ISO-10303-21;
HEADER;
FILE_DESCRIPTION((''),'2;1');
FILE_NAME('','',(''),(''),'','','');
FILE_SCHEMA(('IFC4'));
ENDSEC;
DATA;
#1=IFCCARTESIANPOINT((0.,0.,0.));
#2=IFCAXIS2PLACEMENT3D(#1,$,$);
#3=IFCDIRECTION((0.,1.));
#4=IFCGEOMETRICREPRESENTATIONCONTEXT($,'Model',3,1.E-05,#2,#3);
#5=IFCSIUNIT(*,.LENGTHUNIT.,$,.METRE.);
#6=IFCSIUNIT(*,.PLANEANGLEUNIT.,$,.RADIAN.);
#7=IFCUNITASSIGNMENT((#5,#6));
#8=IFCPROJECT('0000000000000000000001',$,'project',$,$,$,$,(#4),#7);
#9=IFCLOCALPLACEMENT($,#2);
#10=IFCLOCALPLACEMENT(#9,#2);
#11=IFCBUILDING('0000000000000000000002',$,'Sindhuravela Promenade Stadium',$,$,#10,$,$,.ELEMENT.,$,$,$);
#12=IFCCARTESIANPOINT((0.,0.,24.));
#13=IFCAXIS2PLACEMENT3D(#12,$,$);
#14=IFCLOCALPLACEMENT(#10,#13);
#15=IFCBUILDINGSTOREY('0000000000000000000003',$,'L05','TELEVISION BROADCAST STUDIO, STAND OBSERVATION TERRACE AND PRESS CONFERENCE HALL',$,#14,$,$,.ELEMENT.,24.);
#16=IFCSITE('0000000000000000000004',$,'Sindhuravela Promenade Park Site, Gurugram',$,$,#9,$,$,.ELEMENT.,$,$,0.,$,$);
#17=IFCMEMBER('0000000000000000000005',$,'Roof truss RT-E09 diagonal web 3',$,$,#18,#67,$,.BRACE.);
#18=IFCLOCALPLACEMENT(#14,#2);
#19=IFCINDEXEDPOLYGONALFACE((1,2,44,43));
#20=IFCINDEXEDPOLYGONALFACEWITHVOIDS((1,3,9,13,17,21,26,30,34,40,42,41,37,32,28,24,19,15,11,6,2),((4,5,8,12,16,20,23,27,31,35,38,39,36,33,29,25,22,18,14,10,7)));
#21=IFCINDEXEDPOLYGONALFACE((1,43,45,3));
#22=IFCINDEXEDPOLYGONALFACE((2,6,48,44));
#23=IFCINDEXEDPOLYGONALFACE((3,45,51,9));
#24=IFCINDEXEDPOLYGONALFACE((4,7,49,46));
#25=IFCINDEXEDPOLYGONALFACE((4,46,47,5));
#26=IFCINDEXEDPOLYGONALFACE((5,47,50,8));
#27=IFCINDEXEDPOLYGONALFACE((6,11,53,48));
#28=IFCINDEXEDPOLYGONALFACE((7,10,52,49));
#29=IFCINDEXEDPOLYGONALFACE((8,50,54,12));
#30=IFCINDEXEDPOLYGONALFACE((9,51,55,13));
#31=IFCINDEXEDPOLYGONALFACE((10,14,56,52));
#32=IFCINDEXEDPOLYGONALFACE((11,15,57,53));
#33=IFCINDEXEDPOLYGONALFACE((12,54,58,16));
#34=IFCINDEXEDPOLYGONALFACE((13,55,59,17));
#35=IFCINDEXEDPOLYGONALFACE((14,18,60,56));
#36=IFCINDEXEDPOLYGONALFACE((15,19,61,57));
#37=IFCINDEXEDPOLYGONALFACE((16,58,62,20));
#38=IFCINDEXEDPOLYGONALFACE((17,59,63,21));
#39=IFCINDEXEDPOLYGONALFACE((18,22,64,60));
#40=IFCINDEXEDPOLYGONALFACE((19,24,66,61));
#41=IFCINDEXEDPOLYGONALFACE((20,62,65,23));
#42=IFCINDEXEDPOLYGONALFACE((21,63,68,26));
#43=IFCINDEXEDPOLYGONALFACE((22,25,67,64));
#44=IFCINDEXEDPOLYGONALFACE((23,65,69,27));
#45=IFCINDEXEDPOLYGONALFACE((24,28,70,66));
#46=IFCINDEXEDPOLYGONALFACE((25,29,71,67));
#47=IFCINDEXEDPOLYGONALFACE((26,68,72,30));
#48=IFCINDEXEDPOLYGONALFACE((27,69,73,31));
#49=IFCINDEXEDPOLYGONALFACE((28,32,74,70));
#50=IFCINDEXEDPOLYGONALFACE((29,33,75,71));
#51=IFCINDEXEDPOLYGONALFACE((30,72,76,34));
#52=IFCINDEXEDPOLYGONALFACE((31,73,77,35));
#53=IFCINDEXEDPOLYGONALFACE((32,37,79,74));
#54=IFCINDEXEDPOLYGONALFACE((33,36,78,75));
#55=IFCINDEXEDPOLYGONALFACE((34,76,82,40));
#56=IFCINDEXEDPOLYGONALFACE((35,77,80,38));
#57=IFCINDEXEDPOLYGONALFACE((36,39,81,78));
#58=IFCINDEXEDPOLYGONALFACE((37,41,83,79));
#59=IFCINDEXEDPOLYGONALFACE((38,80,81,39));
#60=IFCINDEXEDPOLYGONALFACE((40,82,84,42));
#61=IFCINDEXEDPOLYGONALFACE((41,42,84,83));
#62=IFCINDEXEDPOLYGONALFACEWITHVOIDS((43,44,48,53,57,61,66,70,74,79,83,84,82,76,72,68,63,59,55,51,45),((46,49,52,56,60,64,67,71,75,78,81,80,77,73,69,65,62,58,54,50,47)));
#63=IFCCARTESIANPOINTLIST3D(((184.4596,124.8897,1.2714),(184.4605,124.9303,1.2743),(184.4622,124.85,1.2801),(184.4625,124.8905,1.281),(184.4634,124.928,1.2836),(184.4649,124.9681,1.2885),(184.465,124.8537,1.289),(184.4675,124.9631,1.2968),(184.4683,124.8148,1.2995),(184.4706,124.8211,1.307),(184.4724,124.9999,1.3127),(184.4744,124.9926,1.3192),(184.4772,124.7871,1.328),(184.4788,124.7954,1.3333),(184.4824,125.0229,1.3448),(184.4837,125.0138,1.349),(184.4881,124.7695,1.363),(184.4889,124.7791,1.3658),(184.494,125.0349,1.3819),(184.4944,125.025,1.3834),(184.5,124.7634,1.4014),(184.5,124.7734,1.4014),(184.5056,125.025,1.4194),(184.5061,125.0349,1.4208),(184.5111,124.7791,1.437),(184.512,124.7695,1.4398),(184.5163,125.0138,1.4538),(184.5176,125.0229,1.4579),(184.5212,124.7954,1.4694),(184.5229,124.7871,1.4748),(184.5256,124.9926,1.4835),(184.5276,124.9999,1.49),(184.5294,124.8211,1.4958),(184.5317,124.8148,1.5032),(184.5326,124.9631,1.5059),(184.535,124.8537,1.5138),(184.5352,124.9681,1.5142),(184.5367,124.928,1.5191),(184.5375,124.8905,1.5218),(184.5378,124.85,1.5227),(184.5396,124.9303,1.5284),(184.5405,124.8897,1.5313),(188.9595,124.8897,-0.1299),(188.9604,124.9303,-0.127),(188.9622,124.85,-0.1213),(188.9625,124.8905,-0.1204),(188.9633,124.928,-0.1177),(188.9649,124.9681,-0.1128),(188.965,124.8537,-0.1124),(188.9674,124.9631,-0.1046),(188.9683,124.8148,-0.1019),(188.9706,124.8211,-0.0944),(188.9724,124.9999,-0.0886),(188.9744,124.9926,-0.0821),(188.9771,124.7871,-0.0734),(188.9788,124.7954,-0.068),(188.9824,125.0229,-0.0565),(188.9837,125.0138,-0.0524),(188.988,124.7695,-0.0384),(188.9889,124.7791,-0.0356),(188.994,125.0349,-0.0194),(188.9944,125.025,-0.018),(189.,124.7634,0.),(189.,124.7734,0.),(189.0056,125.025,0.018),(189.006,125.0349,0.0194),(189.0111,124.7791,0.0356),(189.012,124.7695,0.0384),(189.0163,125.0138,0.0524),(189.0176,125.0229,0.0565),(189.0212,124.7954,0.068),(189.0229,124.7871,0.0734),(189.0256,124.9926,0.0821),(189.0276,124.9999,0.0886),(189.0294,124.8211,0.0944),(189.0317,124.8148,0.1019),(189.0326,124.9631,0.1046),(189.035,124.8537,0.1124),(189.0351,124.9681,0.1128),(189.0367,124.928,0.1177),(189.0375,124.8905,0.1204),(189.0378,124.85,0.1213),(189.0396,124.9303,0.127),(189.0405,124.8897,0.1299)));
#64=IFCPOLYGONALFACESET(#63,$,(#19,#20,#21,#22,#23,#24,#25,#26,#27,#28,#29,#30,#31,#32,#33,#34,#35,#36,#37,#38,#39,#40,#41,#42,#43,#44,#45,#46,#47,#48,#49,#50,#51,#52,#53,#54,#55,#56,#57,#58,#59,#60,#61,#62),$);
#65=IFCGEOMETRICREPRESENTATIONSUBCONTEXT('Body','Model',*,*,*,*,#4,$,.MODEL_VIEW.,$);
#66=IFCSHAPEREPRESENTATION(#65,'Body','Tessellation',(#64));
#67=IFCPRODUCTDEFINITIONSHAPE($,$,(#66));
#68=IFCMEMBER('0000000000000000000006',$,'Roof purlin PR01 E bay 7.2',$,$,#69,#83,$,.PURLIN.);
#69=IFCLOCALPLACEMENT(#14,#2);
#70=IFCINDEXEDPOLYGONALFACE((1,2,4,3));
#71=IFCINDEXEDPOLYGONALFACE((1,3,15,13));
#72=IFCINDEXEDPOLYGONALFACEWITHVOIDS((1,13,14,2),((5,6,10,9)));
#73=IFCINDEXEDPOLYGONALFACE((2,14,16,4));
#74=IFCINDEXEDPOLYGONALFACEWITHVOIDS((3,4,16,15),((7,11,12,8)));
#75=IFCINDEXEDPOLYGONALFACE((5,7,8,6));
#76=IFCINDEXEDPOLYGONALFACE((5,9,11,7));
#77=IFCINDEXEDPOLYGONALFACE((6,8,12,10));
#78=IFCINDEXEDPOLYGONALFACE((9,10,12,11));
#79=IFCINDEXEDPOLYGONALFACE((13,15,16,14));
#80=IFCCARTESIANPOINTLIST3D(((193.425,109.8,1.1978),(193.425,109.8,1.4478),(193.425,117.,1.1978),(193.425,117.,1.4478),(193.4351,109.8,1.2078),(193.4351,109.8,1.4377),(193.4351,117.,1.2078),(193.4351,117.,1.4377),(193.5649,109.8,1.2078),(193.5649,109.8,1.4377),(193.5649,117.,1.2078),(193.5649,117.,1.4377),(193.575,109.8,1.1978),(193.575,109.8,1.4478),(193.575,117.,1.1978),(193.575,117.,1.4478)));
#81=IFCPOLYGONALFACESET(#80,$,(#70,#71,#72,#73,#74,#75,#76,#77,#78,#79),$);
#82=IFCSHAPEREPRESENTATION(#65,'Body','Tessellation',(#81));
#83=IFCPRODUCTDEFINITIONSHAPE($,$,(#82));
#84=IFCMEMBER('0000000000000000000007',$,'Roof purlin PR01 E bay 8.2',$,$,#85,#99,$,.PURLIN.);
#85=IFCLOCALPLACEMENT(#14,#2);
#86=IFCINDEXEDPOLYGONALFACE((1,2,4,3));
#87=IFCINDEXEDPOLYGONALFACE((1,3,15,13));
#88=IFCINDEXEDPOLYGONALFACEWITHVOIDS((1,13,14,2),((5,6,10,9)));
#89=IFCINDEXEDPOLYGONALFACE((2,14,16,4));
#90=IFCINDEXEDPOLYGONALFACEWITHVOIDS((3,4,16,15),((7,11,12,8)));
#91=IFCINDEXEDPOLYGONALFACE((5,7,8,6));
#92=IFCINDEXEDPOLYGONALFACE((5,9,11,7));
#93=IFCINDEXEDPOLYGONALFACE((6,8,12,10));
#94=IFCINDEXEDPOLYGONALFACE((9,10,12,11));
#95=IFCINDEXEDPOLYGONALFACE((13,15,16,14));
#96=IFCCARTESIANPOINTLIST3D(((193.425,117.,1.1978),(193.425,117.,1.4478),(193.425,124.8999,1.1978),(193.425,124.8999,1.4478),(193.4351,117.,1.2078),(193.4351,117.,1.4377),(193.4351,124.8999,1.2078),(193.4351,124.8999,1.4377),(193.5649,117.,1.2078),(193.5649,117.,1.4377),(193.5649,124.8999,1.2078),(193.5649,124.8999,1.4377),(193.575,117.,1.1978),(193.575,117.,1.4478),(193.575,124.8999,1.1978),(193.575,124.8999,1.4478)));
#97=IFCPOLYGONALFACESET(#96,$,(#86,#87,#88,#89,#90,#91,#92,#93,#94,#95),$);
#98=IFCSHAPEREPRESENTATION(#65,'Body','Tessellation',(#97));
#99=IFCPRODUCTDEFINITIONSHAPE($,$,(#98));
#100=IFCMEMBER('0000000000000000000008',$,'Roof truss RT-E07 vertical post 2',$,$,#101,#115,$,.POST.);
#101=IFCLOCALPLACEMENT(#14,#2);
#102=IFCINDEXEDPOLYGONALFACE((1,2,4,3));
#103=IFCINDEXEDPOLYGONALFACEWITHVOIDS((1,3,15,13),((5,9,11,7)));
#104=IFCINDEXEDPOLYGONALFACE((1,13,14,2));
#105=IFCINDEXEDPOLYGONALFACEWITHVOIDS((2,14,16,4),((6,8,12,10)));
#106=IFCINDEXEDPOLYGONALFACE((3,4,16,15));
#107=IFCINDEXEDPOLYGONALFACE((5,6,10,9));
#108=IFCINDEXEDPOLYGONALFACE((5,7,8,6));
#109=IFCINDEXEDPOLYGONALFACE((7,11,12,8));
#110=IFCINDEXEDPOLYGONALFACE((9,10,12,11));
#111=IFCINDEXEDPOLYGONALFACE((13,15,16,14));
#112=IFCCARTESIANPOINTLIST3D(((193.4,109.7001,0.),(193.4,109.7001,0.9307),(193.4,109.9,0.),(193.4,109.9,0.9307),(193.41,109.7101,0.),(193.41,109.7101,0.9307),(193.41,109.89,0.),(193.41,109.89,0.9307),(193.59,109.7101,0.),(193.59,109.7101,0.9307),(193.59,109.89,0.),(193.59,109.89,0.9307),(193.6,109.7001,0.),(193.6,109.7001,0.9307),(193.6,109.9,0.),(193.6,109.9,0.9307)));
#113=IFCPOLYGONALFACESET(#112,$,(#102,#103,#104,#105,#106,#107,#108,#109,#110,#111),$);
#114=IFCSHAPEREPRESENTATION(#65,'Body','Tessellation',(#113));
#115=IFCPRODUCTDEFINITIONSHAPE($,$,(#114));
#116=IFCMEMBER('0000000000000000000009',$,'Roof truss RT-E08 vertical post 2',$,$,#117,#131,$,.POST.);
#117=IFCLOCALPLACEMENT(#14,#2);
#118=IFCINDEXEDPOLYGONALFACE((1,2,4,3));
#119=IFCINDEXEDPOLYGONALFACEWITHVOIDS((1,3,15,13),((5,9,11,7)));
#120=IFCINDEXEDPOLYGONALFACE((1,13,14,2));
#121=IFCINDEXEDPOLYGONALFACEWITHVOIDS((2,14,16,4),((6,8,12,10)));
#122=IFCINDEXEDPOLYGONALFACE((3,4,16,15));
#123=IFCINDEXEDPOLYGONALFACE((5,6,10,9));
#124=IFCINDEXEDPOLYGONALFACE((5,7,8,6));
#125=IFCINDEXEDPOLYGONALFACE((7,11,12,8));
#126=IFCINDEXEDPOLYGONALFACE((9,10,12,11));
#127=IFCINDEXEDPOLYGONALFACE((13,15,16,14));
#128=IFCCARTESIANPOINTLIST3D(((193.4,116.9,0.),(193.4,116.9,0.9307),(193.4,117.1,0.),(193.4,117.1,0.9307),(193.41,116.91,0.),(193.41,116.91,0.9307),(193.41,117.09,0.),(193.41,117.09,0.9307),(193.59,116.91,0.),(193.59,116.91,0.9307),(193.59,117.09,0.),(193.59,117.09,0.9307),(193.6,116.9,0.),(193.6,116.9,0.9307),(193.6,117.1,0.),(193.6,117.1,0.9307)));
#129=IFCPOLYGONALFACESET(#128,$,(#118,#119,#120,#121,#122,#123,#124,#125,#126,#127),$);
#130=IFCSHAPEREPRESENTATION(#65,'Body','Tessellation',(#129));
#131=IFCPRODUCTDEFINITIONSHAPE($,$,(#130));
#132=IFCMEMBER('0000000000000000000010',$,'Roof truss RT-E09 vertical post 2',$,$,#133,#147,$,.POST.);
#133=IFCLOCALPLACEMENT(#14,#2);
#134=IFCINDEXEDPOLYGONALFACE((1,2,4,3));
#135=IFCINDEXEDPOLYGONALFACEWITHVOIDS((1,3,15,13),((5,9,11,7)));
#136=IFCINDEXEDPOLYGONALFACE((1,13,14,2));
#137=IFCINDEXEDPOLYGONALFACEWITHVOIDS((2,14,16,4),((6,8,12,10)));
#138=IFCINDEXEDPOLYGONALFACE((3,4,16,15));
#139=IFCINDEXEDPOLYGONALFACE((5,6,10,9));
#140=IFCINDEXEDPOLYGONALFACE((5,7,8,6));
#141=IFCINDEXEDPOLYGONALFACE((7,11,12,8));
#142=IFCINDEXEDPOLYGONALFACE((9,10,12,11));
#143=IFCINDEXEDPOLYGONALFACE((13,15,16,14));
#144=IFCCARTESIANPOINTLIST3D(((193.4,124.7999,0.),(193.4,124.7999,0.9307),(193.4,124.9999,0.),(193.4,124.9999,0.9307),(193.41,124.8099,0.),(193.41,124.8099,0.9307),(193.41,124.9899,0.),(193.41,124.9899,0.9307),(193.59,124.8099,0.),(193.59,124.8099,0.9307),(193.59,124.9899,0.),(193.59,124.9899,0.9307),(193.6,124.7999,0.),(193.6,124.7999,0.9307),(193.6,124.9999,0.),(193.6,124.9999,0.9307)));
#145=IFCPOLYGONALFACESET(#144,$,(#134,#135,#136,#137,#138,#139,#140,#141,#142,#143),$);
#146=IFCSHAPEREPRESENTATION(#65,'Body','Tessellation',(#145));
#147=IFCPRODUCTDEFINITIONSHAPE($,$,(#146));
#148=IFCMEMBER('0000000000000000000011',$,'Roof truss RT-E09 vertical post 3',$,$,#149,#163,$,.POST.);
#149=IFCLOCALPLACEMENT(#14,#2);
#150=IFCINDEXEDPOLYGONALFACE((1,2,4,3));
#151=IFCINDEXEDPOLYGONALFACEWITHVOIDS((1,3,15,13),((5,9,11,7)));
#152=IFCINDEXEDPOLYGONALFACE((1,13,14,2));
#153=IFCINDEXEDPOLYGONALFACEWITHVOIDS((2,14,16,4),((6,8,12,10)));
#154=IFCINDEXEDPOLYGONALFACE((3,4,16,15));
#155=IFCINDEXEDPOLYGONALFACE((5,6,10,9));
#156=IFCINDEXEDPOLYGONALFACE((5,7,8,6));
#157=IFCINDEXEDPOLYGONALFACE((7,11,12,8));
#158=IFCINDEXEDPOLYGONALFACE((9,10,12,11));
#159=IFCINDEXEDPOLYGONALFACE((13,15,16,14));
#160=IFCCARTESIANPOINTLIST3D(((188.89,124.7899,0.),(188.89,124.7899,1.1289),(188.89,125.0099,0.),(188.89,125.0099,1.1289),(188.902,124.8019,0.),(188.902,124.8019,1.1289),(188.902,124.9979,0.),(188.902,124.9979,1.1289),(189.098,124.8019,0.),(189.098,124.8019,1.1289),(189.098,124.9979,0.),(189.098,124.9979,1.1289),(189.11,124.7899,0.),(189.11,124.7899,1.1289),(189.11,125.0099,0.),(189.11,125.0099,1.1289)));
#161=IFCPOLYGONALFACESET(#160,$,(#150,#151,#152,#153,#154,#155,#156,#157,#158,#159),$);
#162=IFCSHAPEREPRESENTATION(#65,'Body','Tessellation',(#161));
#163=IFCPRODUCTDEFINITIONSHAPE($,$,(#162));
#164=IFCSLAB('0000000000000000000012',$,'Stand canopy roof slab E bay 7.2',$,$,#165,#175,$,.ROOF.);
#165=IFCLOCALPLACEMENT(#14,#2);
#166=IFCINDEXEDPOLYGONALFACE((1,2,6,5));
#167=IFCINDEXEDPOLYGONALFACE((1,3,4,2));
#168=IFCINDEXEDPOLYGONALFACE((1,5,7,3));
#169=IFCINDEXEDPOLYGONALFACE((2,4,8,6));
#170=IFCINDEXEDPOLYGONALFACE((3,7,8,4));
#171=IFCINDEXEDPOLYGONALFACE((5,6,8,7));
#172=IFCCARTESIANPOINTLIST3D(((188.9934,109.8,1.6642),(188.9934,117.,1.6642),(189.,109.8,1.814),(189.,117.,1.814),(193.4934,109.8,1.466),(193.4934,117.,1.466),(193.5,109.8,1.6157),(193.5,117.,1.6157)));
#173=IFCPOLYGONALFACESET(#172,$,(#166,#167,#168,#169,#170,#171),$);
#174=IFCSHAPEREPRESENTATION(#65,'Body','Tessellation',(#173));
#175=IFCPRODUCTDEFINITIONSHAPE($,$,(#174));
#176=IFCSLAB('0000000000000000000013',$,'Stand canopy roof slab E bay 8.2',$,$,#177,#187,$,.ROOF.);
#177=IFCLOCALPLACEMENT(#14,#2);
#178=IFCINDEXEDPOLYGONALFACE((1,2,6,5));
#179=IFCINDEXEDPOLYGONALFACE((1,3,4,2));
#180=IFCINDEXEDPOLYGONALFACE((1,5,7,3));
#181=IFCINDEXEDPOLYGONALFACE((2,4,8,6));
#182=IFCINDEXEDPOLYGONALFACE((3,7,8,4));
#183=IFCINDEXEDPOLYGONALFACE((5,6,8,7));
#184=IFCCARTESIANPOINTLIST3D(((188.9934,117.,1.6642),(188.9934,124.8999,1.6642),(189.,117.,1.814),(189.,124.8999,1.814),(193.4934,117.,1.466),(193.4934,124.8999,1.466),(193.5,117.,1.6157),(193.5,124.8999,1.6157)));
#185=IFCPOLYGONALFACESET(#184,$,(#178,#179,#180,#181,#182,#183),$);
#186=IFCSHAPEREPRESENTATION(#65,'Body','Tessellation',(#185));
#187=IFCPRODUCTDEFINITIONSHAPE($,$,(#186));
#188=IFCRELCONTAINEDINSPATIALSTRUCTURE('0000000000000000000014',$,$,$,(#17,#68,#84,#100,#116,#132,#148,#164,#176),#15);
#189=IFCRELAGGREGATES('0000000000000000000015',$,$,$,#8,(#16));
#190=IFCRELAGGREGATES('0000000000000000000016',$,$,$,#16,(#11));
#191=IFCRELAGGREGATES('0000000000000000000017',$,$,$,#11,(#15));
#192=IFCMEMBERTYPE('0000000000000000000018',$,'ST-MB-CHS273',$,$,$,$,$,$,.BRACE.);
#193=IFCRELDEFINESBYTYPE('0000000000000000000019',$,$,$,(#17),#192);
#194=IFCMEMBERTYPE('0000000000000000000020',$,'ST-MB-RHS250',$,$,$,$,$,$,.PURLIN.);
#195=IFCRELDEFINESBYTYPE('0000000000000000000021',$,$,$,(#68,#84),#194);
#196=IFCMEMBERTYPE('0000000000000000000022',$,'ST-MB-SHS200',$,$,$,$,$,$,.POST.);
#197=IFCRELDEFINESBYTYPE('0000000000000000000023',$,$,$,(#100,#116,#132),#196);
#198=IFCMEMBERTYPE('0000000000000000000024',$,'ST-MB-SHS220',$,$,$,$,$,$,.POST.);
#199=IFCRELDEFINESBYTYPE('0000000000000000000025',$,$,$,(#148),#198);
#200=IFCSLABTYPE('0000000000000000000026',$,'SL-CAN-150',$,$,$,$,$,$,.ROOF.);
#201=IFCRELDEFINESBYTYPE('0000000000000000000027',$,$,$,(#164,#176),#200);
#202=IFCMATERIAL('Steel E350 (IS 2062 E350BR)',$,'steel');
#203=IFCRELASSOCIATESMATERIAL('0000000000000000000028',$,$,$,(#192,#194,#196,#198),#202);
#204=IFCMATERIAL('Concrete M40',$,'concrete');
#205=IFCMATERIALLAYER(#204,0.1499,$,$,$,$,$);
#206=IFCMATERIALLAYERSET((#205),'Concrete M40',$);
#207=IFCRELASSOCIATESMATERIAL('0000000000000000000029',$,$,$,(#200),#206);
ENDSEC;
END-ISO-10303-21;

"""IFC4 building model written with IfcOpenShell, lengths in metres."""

from ifc_helpers import new_model, si_unit, direction, frame, origin, origin_2d, place, context, subcontext, project, spatial, polyline, hollow_rectangle, hollow_circle, outline, extrude, material, layer, layer_set, material_profile, profile_set, type_object, element, save


model = new_model("IFC4")

# Units and contexts
model_context = context("Model", 3, precision=1e-05, world=origin(), true_north=direction((0.0, 1.0)))
body_context = subcontext(model_context, "Body", "Model", "MODEL_VIEW")
ifc_project = project(units=[si_unit("LENGTHUNIT", "METRE"), si_unit("PLANEANGLEUNIT", "RADIAN")], contexts=[model_context])

# Site, building, storey
site_placement = place(None, origin())
site = spatial("IfcSite", under=ifc_project, at=site_placement, Name="Sindhuravela Promenade Park Site, Gurugram", CompositionType="ELEMENT", RefElevation=0.0)
building_placement = place(site_placement, origin())
building = spatial("IfcBuilding", under=site, at=building_placement, Name="Sindhuravela Promenade Stadium", CompositionType="ELEMENT")
storey_placement = place(building_placement, frame((0.0, 0.0, 24.0)))
storey = spatial("IfcBuildingStorey", under=building, at=storey_placement, Name="L05", Description="TELEVISION BROADCAST STUDIO, STAND OBSERVATION TERRACE AND PRESS CONFERENCE HALL", CompositionType="ELEMENT", Elevation=24.0)

# Shared definitions
ifc_material_1 = material(Name="Steel E350 (IS 2062 E350BR)", Category="steel")

# Members
ifc_material_profile_1 = material_profile(ifc_material_1, hollow_circle(Radius=0.1365, WallThickness=0.01, at=origin_2d()), Name="CHS 273.0x10")
ifc_profile_set_1 = profile_set([ifc_material_profile_1], Name="Steel E350 (IS 2062 E350BR)")
member_type_1 = type_object("IfcMemberType", Name="ST-MB-CHS273", PredefinedType="BRACE", material=ifc_profile_set_1)
member_1_placement = place(storey_placement, frame((189.0, 124.8999, 0.0), z_axis=(-0.954774, 0.0, 0.297331), x_axis=(0.0, -1.0, 0.0)))
element("IfcMember", 1, at=member_1_placement, inside=storey, type_object=member_type_1, Name="Roof truss RT-E09 diagonal web 3", PredefinedType="BRACE", context=body_context, shape_type="SweptSolid", body=[
    extrude(hollow_circle(Radius=0.1365, WallThickness=0.01, at=origin_2d()), origin(), (0.0, 0.0, 1.0), 4.7131),
])
ifc_material_profile_2 = material_profile(ifc_material_1, hollow_rectangle(XDim=0.1499, YDim=0.25, WallThickness=0.01, at=origin_2d()), Name="RHS 250x150x10")
ifc_profile_set_2 = profile_set([ifc_material_profile_2], Name="Steel E350 (IS 2062 E350BR)")
member_type_2 = type_object("IfcMemberType", Name="ST-MB-RHS250", PredefinedType="PURLIN", material=ifc_profile_set_2)
member_2_placement = place(storey_placement, frame((193.5, 109.8, 1.3228), z_axis=(0.0, 1.0, 0.0), x_axis=(-1.0, 0.0, 0.0)))
element("IfcMember", 2, at=member_2_placement, inside=storey, type_object=member_type_2, Name="Roof purlin PR01 E bay 7.2", PredefinedType="PURLIN", context=body_context, shape_type="SweptSolid", body=[
    extrude(hollow_rectangle(XDim=0.1499, YDim=0.25, WallThickness=0.01, at=origin_2d()), origin(), (0.0, 0.0, 1.0), 7.2),
])
member_3_placement = place(storey_placement, frame((193.5, 117.0, 1.3228), z_axis=(0.0, 1.0, 0.0), x_axis=(-1.0, 0.0, 0.0)))
element("IfcMember", 3, at=member_3_placement, inside=storey, type_object=member_type_2, Name="Roof purlin PR01 E bay 8.2", PredefinedType="PURLIN", context=body_context, shape_type="SweptSolid", body=[
    extrude(hollow_rectangle(XDim=0.1499, YDim=0.25, WallThickness=0.01, at=origin_2d()), origin(), (0.0, 0.0, 1.0), 7.8999),
])
ifc_material_profile_3 = material_profile(ifc_material_1, hollow_rectangle(XDim=0.2, YDim=0.2, WallThickness=0.01, at=origin_2d()), Name="SHS 200x200x10")
ifc_profile_set_3 = profile_set([ifc_material_profile_3], Name="Steel E350 (IS 2062 E350BR)")
member_type_3 = type_object("IfcMemberType", Name="ST-MB-SHS200", PredefinedType="POST", material=ifc_profile_set_3)
for number, where, z_axis, x_axis, name in (
    (4, (193.5, 109.8, 0.0), (0.0, 0.0, 1.0), (1.0, 0.0, 0.0), "Roof truss RT-E07 vertical post 2"),
    (5, (193.5, 117.0, 0.0), (0.0, 0.0, 1.0), (1.0, 0.0, 0.0), "Roof truss RT-E08 vertical post 2"),
    (6, (193.5, 124.8999, 0.0), (0.0, 0.0, 1.0), (1.0, 0.0, 0.0), "Roof truss RT-E09 vertical post 2"),
):
    element("IfcMember", number, at=place(storey_placement, frame(where, z_axis=z_axis, x_axis=x_axis)), inside=storey, type_object=member_type_3, Name=name, PredefinedType="POST", context=body_context, shape_type="SweptSolid", body=[
        extrude(hollow_rectangle(XDim=0.2, YDim=0.2, WallThickness=0.01, at=origin_2d()), origin(), (0.0, 0.0, 1.0), 0.9307),
    ])
ifc_material_profile_4 = material_profile(ifc_material_1, hollow_rectangle(XDim=0.22, YDim=0.22, WallThickness=0.012, at=origin_2d()), Name="SHS 220x220x12")
ifc_profile_set_4 = profile_set([ifc_material_profile_4], Name="Steel E350 (IS 2062 E350BR)")
member_type_4 = type_object("IfcMemberType", Name="ST-MB-SHS220", PredefinedType="POST", material=ifc_profile_set_4)
member_4_placement = place(storey_placement, frame((189.0, 124.8999, 0.0), z_axis=(0.0, 0.0, 1.0), x_axis=(1.0, 0.0, 0.0)))
element("IfcMember", 7, at=member_4_placement, inside=storey, type_object=member_type_4, Name="Roof truss RT-E09 vertical post 3", PredefinedType="POST", context=body_context, shape_type="SweptSolid", body=[
    extrude(hollow_rectangle(XDim=0.22, YDim=0.22, WallThickness=0.012, at=origin_2d()), origin(), (0.0, 0.0, 1.0), 1.1289),
])

# Slabs
ifc_material_2 = material(Name="Concrete M40", Category="concrete")
ifc_layer_1 = layer(ifc_material_2, 0.1499)
ifc_layer_set_1 = layer_set([ifc_layer_1], Name="Concrete M40")
slab_type = type_object("IfcSlabType", Name="SL-CAN-150", PredefinedType="ROOF", material=ifc_layer_set_1)
slab_1_placement = place(storey_placement, frame((193.5, 109.8, 1.6157), z_axis=(0.044011, 0.0, 0.999031), x_axis=(0.0, 1.0, 0.0)))
element("IfcSlab", 8, at=slab_1_placement, inside=storey, type_object=slab_type, Name="Stand canopy roof slab E bay 7.2", PredefinedType="ROOF", context=body_context, shape_type="SweptSolid", body=[
    extrude(outline(polyline([(0.0, 0.0), (7.2, 0.0), (7.2, 4.5044), (0.0, 4.5044), (0.0, 0.0)])), origin(), (0.0, 0.0, -1.0), 0.1499),
])
slab_2_placement = place(storey_placement, frame((193.5, 117.0, 1.6157), z_axis=(0.044011, 0.0, 0.999031), x_axis=(0.0, 1.0, 0.0)))
element("IfcSlab", 9, at=slab_2_placement, inside=storey, type_object=slab_type, Name="Stand canopy roof slab E bay 8.2", PredefinedType="ROOF", context=body_context, shape_type="SweptSolid", body=[
    extrude(outline(polyline([(0.0, 0.0), (7.8999, 0.0), (7.8999, 4.5044), (0.0, 4.5044), (0.0, 0.0)])), origin(), (0.0, 0.0, -1.0), 0.1499),
])

save(model, "model.ifc")
